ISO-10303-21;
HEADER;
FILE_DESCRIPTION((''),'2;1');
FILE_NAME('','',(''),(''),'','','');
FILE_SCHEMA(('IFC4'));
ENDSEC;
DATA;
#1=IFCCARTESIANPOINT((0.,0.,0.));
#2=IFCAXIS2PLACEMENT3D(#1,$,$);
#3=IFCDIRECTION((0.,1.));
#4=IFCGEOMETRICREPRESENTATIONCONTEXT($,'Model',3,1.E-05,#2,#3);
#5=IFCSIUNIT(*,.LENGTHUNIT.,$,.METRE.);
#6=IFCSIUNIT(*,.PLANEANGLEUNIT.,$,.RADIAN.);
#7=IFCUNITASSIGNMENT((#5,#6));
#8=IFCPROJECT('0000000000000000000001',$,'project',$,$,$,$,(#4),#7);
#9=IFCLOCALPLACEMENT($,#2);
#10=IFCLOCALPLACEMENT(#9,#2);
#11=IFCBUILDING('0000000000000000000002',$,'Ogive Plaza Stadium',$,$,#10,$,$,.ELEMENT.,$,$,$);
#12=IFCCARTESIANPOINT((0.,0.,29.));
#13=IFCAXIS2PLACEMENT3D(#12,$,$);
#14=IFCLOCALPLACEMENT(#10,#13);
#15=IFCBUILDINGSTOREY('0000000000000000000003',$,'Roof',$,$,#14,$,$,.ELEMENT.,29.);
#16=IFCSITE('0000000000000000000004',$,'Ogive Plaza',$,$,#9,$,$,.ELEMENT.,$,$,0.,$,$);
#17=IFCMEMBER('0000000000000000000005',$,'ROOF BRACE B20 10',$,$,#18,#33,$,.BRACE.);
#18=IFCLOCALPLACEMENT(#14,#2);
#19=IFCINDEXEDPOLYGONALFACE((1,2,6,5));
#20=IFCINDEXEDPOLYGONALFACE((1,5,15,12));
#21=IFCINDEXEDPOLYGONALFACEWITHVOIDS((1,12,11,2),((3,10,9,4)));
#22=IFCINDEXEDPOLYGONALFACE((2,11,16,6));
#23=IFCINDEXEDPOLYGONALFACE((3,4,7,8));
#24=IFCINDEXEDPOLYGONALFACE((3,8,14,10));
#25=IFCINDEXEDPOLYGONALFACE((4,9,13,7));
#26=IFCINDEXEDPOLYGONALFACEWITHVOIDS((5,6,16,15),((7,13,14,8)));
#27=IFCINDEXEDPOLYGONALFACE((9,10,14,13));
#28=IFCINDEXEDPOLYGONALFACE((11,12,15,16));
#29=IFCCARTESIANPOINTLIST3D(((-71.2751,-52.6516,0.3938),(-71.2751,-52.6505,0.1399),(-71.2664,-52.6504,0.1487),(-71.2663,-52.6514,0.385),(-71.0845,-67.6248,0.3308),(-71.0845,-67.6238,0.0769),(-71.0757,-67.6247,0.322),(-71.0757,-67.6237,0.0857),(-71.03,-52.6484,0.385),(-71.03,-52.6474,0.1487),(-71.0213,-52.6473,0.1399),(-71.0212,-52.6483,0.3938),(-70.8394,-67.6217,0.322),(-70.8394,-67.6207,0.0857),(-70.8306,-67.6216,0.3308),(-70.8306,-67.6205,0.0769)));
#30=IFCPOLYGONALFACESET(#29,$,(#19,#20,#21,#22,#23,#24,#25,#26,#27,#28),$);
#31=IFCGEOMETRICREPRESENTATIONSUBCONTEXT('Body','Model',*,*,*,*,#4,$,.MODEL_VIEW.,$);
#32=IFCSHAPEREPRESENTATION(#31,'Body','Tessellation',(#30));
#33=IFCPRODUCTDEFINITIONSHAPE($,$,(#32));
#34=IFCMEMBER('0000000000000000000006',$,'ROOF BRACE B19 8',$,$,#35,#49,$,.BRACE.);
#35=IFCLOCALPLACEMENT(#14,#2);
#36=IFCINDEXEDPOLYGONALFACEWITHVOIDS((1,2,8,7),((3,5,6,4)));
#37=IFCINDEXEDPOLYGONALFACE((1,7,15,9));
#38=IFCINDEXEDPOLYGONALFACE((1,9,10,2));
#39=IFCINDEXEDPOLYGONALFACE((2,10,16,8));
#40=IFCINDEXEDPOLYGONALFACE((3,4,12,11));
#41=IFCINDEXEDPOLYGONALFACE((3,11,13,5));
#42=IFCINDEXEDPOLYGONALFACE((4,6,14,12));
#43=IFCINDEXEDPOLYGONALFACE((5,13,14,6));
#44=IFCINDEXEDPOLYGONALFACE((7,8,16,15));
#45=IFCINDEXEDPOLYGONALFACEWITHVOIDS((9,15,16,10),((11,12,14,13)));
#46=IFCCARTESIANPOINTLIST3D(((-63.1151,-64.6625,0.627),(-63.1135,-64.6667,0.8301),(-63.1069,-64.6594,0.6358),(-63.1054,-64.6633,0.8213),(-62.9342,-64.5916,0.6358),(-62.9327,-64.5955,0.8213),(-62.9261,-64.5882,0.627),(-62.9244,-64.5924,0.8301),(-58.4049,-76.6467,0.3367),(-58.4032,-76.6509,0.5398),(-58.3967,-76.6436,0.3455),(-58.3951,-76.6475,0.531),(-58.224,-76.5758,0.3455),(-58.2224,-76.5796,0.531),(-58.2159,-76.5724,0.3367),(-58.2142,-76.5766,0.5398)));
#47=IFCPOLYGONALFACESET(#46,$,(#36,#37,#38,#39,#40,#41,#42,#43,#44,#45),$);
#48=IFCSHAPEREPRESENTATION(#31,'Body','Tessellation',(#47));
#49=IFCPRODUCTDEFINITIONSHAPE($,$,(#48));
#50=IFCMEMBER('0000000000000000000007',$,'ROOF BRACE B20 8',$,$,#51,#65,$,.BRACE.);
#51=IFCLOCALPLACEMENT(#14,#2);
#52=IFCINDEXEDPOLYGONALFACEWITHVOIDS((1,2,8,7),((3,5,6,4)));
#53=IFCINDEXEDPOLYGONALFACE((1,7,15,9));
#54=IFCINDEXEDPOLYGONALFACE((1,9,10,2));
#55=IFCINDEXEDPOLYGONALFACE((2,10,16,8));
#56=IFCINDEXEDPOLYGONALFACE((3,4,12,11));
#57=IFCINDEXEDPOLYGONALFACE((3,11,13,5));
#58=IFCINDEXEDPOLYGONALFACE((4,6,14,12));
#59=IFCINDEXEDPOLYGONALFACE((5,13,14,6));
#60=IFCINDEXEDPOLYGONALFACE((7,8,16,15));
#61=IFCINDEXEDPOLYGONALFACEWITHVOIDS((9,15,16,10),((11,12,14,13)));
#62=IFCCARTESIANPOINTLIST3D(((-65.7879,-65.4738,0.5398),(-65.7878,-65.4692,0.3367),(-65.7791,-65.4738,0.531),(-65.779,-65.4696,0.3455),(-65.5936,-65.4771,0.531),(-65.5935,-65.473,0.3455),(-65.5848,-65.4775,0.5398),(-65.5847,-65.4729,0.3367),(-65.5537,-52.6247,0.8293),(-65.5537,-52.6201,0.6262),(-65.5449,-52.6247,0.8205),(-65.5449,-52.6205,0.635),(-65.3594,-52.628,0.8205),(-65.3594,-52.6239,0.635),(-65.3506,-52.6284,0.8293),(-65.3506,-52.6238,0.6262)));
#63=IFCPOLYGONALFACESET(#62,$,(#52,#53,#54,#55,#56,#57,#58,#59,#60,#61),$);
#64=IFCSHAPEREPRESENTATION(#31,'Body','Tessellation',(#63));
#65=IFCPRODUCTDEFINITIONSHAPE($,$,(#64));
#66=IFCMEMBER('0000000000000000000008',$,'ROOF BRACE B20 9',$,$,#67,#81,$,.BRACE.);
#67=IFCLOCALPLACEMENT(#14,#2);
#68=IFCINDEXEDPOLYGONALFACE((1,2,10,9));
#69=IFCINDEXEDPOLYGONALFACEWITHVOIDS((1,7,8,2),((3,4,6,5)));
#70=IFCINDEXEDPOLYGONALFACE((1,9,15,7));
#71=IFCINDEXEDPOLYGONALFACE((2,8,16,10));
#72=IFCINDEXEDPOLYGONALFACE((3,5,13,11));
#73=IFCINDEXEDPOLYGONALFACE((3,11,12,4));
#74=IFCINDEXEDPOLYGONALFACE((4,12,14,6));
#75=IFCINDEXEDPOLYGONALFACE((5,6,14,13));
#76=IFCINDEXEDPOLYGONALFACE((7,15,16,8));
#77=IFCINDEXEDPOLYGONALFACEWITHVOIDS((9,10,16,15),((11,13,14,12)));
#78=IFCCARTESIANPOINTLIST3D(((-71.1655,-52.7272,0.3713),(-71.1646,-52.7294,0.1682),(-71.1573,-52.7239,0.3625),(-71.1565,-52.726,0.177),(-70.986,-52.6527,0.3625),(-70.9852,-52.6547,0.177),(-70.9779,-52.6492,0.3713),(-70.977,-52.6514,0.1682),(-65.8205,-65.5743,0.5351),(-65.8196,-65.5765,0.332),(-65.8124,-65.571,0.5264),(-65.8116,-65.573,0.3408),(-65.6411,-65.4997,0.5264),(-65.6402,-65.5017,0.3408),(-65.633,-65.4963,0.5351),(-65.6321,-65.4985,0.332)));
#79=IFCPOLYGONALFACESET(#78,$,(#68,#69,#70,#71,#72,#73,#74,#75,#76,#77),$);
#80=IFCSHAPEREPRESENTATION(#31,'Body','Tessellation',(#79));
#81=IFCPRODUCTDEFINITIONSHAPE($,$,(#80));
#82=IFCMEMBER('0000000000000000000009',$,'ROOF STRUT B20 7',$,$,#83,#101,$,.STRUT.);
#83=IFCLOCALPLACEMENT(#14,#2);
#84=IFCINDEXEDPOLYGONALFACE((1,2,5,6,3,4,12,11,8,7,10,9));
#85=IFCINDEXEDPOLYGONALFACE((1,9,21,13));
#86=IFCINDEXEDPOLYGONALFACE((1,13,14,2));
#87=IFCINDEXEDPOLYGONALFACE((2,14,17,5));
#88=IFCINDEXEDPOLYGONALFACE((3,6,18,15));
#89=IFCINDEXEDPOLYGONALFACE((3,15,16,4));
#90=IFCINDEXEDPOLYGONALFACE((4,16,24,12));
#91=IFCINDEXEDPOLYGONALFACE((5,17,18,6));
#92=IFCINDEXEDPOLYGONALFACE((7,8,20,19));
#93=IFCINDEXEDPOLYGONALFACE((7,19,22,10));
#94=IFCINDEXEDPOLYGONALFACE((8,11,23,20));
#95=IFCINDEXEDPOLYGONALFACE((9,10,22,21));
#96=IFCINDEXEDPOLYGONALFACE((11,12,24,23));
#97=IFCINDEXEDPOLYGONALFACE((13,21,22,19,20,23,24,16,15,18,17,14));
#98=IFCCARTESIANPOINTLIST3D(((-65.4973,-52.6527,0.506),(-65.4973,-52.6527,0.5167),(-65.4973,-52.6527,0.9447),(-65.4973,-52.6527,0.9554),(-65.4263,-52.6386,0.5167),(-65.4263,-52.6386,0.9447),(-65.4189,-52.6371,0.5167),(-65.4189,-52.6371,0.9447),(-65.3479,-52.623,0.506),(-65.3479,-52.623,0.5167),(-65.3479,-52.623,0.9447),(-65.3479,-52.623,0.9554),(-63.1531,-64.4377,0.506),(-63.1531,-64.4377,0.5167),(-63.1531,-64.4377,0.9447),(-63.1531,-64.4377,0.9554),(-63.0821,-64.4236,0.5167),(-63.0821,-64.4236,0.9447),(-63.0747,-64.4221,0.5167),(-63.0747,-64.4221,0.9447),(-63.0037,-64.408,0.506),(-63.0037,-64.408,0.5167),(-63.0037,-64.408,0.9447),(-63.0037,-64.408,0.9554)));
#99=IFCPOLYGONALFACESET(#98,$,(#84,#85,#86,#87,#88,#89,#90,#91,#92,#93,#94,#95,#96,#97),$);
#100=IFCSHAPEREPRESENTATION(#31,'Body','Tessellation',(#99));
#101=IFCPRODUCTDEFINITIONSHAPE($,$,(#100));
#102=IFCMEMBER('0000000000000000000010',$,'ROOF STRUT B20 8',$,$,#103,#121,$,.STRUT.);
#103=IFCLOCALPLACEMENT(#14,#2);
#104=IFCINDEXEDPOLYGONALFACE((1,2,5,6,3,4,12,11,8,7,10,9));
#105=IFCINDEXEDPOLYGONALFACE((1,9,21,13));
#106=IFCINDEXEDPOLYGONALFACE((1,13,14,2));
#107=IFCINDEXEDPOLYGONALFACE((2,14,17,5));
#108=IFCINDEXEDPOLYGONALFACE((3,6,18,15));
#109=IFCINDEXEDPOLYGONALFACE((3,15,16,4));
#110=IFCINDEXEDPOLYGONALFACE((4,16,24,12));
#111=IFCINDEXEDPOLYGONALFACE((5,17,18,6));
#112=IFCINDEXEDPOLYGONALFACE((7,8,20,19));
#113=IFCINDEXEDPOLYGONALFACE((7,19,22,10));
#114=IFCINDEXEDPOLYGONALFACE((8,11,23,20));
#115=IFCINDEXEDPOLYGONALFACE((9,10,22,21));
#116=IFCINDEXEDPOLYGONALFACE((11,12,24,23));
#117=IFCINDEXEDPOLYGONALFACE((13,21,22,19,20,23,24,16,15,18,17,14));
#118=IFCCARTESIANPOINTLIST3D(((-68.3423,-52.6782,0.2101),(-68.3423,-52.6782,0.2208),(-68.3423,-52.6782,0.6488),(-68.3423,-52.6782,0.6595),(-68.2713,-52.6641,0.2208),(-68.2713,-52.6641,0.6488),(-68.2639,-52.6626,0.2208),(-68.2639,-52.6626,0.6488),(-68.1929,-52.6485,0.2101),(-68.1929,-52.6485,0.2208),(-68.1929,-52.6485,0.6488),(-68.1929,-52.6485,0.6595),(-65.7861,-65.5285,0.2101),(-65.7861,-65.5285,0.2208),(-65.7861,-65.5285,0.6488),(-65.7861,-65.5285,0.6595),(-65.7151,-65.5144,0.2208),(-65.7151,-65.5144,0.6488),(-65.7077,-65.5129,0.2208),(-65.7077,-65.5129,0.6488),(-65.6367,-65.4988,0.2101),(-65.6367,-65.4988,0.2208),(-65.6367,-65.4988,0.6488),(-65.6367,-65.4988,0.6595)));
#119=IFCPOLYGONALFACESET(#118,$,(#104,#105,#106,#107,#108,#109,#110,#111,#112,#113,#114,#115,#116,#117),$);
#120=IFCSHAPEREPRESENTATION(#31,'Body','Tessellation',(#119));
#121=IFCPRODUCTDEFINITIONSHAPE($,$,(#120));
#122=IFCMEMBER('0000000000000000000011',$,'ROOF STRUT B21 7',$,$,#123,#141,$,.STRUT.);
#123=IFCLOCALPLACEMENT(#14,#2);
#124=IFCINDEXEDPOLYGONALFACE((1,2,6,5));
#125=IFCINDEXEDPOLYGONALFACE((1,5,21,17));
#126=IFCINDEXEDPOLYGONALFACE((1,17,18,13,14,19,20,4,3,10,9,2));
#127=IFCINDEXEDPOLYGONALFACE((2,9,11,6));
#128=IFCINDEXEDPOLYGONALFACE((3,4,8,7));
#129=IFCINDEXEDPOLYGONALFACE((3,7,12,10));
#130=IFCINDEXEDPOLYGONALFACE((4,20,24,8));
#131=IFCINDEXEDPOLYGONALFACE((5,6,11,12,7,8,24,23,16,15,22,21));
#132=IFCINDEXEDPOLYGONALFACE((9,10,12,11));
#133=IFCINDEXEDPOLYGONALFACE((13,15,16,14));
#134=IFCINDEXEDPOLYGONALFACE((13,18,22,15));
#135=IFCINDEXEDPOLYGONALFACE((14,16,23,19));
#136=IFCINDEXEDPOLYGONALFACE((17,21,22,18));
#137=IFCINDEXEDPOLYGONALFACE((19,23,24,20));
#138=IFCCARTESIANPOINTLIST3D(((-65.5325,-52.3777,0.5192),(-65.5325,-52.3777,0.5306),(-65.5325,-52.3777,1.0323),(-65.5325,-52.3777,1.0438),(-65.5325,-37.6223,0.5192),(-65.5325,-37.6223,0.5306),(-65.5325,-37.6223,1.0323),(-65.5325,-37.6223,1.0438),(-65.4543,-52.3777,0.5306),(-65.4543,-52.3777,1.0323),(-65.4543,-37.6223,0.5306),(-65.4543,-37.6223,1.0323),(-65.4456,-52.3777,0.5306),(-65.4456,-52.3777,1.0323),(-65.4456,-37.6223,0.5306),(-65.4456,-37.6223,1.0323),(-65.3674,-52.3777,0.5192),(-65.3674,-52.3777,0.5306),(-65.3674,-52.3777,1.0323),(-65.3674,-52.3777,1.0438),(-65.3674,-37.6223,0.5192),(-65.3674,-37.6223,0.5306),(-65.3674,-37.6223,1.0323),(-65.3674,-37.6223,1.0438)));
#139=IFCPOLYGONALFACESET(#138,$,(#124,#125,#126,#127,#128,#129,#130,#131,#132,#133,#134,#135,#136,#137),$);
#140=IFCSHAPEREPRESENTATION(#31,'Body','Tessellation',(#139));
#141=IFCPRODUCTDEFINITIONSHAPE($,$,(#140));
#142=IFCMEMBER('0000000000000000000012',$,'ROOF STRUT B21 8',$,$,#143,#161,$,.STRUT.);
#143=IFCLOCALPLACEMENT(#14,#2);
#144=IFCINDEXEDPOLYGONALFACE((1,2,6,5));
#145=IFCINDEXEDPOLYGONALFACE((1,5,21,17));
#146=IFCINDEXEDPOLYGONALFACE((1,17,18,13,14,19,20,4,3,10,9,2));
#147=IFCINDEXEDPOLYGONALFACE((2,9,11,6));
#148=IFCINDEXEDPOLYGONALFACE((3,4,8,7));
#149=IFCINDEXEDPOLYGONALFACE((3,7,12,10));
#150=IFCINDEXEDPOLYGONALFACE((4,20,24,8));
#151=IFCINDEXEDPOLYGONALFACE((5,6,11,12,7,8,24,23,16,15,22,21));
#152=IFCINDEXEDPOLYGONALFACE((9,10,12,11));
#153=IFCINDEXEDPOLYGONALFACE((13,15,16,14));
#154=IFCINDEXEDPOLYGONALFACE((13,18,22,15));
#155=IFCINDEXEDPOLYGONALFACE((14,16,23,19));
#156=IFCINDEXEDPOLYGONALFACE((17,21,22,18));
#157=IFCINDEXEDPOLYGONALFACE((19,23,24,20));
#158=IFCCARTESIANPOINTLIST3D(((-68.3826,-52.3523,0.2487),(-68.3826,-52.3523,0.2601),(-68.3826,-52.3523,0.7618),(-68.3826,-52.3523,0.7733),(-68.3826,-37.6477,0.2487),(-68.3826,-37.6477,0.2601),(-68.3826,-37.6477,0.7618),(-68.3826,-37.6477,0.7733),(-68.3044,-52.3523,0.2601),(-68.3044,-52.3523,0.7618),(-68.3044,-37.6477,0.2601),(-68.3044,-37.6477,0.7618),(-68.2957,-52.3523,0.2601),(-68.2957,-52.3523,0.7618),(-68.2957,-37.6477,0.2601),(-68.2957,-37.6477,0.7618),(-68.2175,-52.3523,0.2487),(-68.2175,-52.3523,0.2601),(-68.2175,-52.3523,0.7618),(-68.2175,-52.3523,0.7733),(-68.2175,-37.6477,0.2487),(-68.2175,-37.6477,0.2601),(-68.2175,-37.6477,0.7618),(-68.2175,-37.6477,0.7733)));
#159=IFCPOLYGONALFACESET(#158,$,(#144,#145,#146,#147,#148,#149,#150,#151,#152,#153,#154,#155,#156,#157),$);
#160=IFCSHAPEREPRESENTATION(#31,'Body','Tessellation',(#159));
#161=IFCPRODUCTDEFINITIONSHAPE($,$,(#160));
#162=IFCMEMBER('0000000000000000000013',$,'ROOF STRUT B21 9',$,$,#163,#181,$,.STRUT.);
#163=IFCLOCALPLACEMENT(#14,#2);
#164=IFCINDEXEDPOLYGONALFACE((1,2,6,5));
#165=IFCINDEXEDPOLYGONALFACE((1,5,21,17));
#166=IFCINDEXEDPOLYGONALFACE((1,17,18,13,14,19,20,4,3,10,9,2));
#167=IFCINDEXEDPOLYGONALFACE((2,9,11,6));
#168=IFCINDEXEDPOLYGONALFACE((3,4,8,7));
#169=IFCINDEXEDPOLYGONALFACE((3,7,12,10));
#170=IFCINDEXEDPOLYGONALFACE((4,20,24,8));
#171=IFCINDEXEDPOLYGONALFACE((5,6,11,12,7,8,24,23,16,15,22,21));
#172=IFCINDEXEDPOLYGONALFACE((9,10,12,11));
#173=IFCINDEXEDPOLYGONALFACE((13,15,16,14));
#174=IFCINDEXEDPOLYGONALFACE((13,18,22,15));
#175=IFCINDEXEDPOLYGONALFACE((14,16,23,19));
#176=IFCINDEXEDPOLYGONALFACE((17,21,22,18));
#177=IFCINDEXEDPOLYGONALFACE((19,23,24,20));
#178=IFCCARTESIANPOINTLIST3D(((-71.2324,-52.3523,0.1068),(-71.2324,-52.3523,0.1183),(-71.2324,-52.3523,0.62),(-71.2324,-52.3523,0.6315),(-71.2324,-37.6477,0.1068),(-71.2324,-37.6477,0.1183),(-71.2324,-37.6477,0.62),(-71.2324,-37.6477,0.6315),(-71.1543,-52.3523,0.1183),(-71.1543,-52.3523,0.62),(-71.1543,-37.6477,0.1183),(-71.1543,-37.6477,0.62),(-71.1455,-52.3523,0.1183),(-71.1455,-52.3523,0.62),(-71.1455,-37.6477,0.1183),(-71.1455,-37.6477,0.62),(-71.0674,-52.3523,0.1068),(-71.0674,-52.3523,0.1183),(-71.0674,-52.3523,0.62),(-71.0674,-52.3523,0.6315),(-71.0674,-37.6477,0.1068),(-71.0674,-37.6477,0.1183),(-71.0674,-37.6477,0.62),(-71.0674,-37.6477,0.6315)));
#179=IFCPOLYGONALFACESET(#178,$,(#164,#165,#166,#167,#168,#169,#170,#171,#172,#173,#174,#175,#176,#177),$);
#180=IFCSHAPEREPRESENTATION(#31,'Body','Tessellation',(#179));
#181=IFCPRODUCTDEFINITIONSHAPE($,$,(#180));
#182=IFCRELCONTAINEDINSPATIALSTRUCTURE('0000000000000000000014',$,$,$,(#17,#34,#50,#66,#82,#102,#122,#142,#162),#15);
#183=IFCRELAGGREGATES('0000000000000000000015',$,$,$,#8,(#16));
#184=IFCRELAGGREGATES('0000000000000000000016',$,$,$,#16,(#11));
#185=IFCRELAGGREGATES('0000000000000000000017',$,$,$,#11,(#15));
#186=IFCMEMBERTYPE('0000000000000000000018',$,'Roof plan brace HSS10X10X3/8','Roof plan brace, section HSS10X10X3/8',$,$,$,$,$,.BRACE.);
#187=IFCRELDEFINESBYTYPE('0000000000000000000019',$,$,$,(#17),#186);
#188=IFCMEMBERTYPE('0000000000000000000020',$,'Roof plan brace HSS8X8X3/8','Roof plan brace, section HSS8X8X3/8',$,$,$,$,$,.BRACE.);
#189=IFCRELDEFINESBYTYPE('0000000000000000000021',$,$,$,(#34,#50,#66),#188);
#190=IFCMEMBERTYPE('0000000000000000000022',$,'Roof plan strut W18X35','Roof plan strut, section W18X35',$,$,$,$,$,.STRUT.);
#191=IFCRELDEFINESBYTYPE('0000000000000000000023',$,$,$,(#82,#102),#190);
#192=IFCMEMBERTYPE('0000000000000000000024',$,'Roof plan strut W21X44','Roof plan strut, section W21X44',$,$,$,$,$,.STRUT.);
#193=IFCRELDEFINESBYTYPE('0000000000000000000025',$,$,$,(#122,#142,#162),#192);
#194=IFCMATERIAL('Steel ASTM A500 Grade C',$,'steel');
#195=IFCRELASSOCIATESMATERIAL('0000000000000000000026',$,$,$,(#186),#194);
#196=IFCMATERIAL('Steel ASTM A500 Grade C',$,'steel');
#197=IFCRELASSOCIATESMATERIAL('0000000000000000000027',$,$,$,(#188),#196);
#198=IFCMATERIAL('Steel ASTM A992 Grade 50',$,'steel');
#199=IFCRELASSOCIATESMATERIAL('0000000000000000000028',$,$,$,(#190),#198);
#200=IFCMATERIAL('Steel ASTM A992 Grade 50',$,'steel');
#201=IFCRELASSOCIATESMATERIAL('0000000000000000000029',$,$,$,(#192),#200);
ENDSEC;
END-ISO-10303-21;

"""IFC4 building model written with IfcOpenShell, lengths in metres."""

from ifc_helpers import new_model, si_unit, direction, frame, origin, origin_2d, place, context, subcontext, project, spatial, hollow_rectangle, i_section, extrude, material, material_profile, profile_set, type_object, element, save


model = new_model("IFC4")

# Units and contexts
model_context = context("Model", 3, precision=1e-05, world=origin(), true_north=direction((0.0, 1.0)))
body_context = subcontext(model_context, "Body", "Model", "MODEL_VIEW")
ifc_project = project(units=[si_unit("LENGTHUNIT", "METRE"), si_unit("PLANEANGLEUNIT", "RADIAN")], contexts=[model_context])

# Site, building, storey
site_placement = place(None, origin())
site = spatial("IfcSite", under=ifc_project, at=site_placement, Name="Ogive Plaza", CompositionType="ELEMENT", RefElevation=0.0)
building_placement = place(site_placement, origin())
building = spatial("IfcBuilding", under=site, at=building_placement, Name="Ogive Plaza Stadium", CompositionType="ELEMENT")
storey_placement = place(building_placement, frame((0.0, 0.0, 29.0)))
storey = spatial("IfcBuildingStorey", under=building, at=storey_placement, Name="Roof", CompositionType="ELEMENT", Elevation=29.0)

# Members
ifc_material_1 = material(Name="Steel ASTM A500 Grade C", Category="steel")
ifc_material_profile_1 = material_profile(ifc_material_1, hollow_rectangle(XDim=0.2539, YDim=0.2539, WallThickness=0.0088, at=origin_2d()), Name="HSS10X10X3/8")
ifc_profile_set_1 = profile_set([ifc_material_profile_1], Name="Steel ASTM A500 Grade C")
member_type_1 = type_object("IfcMemberType", Name="Roof plan brace HSS10X10X3/8", Description="Roof plan brace, section HSS10X10X3/8", PredefinedType="BRACE", material=ifc_profile_set_1)
member_1_placement = place(storey_placement, frame((-71.1482, -52.6494, 0.2668), z_axis=(0.012733, -0.99991, -0.004206), x_axis=(0.999919, 0.012733, 0.0)))
element("IfcMember", 1, at=member_1_placement, inside=storey, type_object=member_type_1, Name="ROOF BRACE B20 10", PredefinedType="BRACE", context=body_context, shape_type="SweptSolid", body=[
    extrude(hollow_rectangle(XDim=0.2539, YDim=0.2539, WallThickness=0.0088, at=origin_2d()), origin(), (0.0, 0.0, 1.0), 14.9746),
])
ifc_material_2 = material(Name="Steel ASTM A500 Grade C", Category="steel")
ifc_material_profile_2 = material_profile(ifc_material_2, hollow_rectangle(XDim=0.2031, YDim=0.2031, WallThickness=0.0088, at=origin_2d()), Name="HSS8X8X3/8")
ifc_profile_set_2 = profile_set([ifc_material_profile_2], Name="Steel ASTM A500 Grade C")
member_type_2 = type_object("IfcMemberType", Name="Roof plan brace HSS8X8X3/8", Description="Roof plan brace, section HSS8X8X3/8", PredefinedType="BRACE", material=ifc_profile_set_2)
member_2_placement = place(storey_placement, frame((-63.0198, -64.6274, 0.7285), z_axis=(0.365704, -0.930458, -0.022538), x_axis=(0.930695, 0.365797, 0.0)))
element("IfcMember", 2, at=member_2_placement, inside=storey, type_object=member_type_2, Name="ROOF BRACE B19 8", PredefinedType="BRACE", context=body_context, shape_type="SweptSolid", body=[
    extrude(hollow_rectangle(XDim=0.2031, YDim=0.2031, WallThickness=0.0088, at=origin_2d()), origin(), (0.0, 0.0, 1.0), 12.8799),
])
member_3_placement = place(storey_placement, frame((-65.4521, -52.6243, 0.7278), z_axis=(-0.018214, -0.99958, -0.022525), x_axis=(0.999834, -0.018219, 0.0)))
element("IfcMember", 3, at=member_3_placement, inside=storey, type_object=member_type_2, Name="ROOF BRACE B20 8", PredefinedType="BRACE", context=body_context, shape_type="SweptSolid", body=[
    extrude(hollow_rectangle(XDim=0.2031, YDim=0.2031, WallThickness=0.0088, at=origin_2d()), origin(), (0.0, 0.0, 1.0), 12.8545),
])
member_4_placement = place(storey_placement, frame((-65.7263, -65.5364, 0.4336), z_axis=(-0.384098, 0.923217, -0.011772), x_axis=(-0.923281, -0.384124, 0.0)))
element("IfcMember", 4, at=member_4_placement, inside=storey, type_object=member_type_2, Name="ROOF BRACE B20 9", PredefinedType="BRACE", context=body_context, shape_type="SweptSolid", body=[
    extrude(hollow_rectangle(XDim=0.2031, YDim=0.2031, WallThickness=0.0088, at=origin_2d()), origin(), (0.0, 0.0, 1.0), 13.9155),
])
ifc_material_3 = material(Name="Steel ASTM A992 Grade 50", Category="steel")
ifc_material_profile_3 = material_profile(ifc_material_3, i_section(OverallWidth=0.1523, OverallDepth=0.4495, WebThickness=0.0076, FlangeThickness=0.0107, at=origin_2d()), Name="W18X35")
ifc_profile_set_3 = profile_set([ifc_material_profile_3], Name="Steel ASTM A992 Grade 50")
member_type_3 = type_object("IfcMemberType", Name="Roof plan strut W18X35", Description="Roof plan strut, section W18X35", PredefinedType="STRUT", material=ifc_profile_set_3)
member_5_placement = place(storey_placement, frame((-63.0784, -64.4229, 0.7307), z_axis=(-0.195096, 0.980784, 0.0), x_axis=(-0.980784, -0.195096, 0.0)))
element("IfcMember", 5, at=member_5_placement, inside=storey, type_object=member_type_3, Name="ROOF STRUT B20 7", PredefinedType="STRUT", context=body_context, shape_type="SweptSolid", body=[
    extrude(i_section(OverallWidth=0.1523, OverallDepth=0.4495, WebThickness=0.0076, FlangeThickness=0.0107, at=origin_2d()), origin(), (0.0, 0.0, 1.0), 12.0159),
])
member_6_placement = place(storey_placement, frame((-65.7114, -65.5137, 0.4348), z_axis=(-0.195095, 0.980784, 0.0), x_axis=(-0.980784, -0.195095, 0.0)))
element("IfcMember", 6, at=member_6_placement, inside=storey, type_object=member_type_3, Name="ROOF STRUT B20 8", PredefinedType="STRUT", context=body_context, shape_type="SweptSolid", body=[
    extrude(i_section(OverallWidth=0.1523, OverallDepth=0.4495, WebThickness=0.0076, FlangeThickness=0.0107, at=origin_2d()), origin(), (0.0, 0.0, 1.0), 13.1021),
])
ifc_material_4 = material(Name="Steel ASTM A992 Grade 50", Category="steel")
ifc_material_profile_4 = material_profile(ifc_material_4, i_section(OverallWidth=0.165, OverallDepth=0.5247, WebThickness=0.0088, FlangeThickness=0.0115, at=origin_2d()), Name="W21X44")
ifc_profile_set_4 = profile_set([ifc_material_profile_4], Name="Steel ASTM A992 Grade 50")
member_type_4 = type_object("IfcMemberType", Name="Roof plan strut W21X44", Description="Roof plan strut, section W21X44", PredefinedType="STRUT", material=ifc_profile_set_4)
member_7_placement = place(storey_placement, frame((-65.45, -52.3777, 0.7815), z_axis=(0.0, 1.0, 0.0), x_axis=(-1.0, 0.0, 0.0)))
element("IfcMember", 7, at=member_7_placement, inside=storey, type_object=member_type_4, Name="ROOF STRUT B21 7", PredefinedType="STRUT", context=body_context, shape_type="SweptSolid", body=[
    extrude(i_section(OverallWidth=0.165, OverallDepth=0.5247, WebThickness=0.0088, FlangeThickness=0.0115, at=origin_2d()), origin(), (0.0, 0.0, 1.0), 14.7554),
])
for number, where, z_axis, x_axis, name in (
    (8, (-68.3, -52.3523, 0.511), (0.0, 1.0, 0.0), (-1.0, 0.0, 0.0), "ROOF STRUT B21 8"),
    (9, (-71.1499, -52.3523, 0.3691), (0.0, 1.0, 0.0), (-1.0, 0.0, 0.0), "ROOF STRUT B21 9"),
):
    element("IfcMember", number, at=place(storey_placement, frame(where, z_axis=z_axis, x_axis=x_axis)), inside=storey, type_object=member_type_4, Name=name, PredefinedType="STRUT", context=body_context, shape_type="SweptSolid", body=[
        extrude(i_section(OverallWidth=0.165, OverallDepth=0.5247, WebThickness=0.0088, FlangeThickness=0.0115, at=origin_2d()), origin(), (0.0, 0.0, 1.0), 14.7046),
    ])

save(model, "model.ifc")
